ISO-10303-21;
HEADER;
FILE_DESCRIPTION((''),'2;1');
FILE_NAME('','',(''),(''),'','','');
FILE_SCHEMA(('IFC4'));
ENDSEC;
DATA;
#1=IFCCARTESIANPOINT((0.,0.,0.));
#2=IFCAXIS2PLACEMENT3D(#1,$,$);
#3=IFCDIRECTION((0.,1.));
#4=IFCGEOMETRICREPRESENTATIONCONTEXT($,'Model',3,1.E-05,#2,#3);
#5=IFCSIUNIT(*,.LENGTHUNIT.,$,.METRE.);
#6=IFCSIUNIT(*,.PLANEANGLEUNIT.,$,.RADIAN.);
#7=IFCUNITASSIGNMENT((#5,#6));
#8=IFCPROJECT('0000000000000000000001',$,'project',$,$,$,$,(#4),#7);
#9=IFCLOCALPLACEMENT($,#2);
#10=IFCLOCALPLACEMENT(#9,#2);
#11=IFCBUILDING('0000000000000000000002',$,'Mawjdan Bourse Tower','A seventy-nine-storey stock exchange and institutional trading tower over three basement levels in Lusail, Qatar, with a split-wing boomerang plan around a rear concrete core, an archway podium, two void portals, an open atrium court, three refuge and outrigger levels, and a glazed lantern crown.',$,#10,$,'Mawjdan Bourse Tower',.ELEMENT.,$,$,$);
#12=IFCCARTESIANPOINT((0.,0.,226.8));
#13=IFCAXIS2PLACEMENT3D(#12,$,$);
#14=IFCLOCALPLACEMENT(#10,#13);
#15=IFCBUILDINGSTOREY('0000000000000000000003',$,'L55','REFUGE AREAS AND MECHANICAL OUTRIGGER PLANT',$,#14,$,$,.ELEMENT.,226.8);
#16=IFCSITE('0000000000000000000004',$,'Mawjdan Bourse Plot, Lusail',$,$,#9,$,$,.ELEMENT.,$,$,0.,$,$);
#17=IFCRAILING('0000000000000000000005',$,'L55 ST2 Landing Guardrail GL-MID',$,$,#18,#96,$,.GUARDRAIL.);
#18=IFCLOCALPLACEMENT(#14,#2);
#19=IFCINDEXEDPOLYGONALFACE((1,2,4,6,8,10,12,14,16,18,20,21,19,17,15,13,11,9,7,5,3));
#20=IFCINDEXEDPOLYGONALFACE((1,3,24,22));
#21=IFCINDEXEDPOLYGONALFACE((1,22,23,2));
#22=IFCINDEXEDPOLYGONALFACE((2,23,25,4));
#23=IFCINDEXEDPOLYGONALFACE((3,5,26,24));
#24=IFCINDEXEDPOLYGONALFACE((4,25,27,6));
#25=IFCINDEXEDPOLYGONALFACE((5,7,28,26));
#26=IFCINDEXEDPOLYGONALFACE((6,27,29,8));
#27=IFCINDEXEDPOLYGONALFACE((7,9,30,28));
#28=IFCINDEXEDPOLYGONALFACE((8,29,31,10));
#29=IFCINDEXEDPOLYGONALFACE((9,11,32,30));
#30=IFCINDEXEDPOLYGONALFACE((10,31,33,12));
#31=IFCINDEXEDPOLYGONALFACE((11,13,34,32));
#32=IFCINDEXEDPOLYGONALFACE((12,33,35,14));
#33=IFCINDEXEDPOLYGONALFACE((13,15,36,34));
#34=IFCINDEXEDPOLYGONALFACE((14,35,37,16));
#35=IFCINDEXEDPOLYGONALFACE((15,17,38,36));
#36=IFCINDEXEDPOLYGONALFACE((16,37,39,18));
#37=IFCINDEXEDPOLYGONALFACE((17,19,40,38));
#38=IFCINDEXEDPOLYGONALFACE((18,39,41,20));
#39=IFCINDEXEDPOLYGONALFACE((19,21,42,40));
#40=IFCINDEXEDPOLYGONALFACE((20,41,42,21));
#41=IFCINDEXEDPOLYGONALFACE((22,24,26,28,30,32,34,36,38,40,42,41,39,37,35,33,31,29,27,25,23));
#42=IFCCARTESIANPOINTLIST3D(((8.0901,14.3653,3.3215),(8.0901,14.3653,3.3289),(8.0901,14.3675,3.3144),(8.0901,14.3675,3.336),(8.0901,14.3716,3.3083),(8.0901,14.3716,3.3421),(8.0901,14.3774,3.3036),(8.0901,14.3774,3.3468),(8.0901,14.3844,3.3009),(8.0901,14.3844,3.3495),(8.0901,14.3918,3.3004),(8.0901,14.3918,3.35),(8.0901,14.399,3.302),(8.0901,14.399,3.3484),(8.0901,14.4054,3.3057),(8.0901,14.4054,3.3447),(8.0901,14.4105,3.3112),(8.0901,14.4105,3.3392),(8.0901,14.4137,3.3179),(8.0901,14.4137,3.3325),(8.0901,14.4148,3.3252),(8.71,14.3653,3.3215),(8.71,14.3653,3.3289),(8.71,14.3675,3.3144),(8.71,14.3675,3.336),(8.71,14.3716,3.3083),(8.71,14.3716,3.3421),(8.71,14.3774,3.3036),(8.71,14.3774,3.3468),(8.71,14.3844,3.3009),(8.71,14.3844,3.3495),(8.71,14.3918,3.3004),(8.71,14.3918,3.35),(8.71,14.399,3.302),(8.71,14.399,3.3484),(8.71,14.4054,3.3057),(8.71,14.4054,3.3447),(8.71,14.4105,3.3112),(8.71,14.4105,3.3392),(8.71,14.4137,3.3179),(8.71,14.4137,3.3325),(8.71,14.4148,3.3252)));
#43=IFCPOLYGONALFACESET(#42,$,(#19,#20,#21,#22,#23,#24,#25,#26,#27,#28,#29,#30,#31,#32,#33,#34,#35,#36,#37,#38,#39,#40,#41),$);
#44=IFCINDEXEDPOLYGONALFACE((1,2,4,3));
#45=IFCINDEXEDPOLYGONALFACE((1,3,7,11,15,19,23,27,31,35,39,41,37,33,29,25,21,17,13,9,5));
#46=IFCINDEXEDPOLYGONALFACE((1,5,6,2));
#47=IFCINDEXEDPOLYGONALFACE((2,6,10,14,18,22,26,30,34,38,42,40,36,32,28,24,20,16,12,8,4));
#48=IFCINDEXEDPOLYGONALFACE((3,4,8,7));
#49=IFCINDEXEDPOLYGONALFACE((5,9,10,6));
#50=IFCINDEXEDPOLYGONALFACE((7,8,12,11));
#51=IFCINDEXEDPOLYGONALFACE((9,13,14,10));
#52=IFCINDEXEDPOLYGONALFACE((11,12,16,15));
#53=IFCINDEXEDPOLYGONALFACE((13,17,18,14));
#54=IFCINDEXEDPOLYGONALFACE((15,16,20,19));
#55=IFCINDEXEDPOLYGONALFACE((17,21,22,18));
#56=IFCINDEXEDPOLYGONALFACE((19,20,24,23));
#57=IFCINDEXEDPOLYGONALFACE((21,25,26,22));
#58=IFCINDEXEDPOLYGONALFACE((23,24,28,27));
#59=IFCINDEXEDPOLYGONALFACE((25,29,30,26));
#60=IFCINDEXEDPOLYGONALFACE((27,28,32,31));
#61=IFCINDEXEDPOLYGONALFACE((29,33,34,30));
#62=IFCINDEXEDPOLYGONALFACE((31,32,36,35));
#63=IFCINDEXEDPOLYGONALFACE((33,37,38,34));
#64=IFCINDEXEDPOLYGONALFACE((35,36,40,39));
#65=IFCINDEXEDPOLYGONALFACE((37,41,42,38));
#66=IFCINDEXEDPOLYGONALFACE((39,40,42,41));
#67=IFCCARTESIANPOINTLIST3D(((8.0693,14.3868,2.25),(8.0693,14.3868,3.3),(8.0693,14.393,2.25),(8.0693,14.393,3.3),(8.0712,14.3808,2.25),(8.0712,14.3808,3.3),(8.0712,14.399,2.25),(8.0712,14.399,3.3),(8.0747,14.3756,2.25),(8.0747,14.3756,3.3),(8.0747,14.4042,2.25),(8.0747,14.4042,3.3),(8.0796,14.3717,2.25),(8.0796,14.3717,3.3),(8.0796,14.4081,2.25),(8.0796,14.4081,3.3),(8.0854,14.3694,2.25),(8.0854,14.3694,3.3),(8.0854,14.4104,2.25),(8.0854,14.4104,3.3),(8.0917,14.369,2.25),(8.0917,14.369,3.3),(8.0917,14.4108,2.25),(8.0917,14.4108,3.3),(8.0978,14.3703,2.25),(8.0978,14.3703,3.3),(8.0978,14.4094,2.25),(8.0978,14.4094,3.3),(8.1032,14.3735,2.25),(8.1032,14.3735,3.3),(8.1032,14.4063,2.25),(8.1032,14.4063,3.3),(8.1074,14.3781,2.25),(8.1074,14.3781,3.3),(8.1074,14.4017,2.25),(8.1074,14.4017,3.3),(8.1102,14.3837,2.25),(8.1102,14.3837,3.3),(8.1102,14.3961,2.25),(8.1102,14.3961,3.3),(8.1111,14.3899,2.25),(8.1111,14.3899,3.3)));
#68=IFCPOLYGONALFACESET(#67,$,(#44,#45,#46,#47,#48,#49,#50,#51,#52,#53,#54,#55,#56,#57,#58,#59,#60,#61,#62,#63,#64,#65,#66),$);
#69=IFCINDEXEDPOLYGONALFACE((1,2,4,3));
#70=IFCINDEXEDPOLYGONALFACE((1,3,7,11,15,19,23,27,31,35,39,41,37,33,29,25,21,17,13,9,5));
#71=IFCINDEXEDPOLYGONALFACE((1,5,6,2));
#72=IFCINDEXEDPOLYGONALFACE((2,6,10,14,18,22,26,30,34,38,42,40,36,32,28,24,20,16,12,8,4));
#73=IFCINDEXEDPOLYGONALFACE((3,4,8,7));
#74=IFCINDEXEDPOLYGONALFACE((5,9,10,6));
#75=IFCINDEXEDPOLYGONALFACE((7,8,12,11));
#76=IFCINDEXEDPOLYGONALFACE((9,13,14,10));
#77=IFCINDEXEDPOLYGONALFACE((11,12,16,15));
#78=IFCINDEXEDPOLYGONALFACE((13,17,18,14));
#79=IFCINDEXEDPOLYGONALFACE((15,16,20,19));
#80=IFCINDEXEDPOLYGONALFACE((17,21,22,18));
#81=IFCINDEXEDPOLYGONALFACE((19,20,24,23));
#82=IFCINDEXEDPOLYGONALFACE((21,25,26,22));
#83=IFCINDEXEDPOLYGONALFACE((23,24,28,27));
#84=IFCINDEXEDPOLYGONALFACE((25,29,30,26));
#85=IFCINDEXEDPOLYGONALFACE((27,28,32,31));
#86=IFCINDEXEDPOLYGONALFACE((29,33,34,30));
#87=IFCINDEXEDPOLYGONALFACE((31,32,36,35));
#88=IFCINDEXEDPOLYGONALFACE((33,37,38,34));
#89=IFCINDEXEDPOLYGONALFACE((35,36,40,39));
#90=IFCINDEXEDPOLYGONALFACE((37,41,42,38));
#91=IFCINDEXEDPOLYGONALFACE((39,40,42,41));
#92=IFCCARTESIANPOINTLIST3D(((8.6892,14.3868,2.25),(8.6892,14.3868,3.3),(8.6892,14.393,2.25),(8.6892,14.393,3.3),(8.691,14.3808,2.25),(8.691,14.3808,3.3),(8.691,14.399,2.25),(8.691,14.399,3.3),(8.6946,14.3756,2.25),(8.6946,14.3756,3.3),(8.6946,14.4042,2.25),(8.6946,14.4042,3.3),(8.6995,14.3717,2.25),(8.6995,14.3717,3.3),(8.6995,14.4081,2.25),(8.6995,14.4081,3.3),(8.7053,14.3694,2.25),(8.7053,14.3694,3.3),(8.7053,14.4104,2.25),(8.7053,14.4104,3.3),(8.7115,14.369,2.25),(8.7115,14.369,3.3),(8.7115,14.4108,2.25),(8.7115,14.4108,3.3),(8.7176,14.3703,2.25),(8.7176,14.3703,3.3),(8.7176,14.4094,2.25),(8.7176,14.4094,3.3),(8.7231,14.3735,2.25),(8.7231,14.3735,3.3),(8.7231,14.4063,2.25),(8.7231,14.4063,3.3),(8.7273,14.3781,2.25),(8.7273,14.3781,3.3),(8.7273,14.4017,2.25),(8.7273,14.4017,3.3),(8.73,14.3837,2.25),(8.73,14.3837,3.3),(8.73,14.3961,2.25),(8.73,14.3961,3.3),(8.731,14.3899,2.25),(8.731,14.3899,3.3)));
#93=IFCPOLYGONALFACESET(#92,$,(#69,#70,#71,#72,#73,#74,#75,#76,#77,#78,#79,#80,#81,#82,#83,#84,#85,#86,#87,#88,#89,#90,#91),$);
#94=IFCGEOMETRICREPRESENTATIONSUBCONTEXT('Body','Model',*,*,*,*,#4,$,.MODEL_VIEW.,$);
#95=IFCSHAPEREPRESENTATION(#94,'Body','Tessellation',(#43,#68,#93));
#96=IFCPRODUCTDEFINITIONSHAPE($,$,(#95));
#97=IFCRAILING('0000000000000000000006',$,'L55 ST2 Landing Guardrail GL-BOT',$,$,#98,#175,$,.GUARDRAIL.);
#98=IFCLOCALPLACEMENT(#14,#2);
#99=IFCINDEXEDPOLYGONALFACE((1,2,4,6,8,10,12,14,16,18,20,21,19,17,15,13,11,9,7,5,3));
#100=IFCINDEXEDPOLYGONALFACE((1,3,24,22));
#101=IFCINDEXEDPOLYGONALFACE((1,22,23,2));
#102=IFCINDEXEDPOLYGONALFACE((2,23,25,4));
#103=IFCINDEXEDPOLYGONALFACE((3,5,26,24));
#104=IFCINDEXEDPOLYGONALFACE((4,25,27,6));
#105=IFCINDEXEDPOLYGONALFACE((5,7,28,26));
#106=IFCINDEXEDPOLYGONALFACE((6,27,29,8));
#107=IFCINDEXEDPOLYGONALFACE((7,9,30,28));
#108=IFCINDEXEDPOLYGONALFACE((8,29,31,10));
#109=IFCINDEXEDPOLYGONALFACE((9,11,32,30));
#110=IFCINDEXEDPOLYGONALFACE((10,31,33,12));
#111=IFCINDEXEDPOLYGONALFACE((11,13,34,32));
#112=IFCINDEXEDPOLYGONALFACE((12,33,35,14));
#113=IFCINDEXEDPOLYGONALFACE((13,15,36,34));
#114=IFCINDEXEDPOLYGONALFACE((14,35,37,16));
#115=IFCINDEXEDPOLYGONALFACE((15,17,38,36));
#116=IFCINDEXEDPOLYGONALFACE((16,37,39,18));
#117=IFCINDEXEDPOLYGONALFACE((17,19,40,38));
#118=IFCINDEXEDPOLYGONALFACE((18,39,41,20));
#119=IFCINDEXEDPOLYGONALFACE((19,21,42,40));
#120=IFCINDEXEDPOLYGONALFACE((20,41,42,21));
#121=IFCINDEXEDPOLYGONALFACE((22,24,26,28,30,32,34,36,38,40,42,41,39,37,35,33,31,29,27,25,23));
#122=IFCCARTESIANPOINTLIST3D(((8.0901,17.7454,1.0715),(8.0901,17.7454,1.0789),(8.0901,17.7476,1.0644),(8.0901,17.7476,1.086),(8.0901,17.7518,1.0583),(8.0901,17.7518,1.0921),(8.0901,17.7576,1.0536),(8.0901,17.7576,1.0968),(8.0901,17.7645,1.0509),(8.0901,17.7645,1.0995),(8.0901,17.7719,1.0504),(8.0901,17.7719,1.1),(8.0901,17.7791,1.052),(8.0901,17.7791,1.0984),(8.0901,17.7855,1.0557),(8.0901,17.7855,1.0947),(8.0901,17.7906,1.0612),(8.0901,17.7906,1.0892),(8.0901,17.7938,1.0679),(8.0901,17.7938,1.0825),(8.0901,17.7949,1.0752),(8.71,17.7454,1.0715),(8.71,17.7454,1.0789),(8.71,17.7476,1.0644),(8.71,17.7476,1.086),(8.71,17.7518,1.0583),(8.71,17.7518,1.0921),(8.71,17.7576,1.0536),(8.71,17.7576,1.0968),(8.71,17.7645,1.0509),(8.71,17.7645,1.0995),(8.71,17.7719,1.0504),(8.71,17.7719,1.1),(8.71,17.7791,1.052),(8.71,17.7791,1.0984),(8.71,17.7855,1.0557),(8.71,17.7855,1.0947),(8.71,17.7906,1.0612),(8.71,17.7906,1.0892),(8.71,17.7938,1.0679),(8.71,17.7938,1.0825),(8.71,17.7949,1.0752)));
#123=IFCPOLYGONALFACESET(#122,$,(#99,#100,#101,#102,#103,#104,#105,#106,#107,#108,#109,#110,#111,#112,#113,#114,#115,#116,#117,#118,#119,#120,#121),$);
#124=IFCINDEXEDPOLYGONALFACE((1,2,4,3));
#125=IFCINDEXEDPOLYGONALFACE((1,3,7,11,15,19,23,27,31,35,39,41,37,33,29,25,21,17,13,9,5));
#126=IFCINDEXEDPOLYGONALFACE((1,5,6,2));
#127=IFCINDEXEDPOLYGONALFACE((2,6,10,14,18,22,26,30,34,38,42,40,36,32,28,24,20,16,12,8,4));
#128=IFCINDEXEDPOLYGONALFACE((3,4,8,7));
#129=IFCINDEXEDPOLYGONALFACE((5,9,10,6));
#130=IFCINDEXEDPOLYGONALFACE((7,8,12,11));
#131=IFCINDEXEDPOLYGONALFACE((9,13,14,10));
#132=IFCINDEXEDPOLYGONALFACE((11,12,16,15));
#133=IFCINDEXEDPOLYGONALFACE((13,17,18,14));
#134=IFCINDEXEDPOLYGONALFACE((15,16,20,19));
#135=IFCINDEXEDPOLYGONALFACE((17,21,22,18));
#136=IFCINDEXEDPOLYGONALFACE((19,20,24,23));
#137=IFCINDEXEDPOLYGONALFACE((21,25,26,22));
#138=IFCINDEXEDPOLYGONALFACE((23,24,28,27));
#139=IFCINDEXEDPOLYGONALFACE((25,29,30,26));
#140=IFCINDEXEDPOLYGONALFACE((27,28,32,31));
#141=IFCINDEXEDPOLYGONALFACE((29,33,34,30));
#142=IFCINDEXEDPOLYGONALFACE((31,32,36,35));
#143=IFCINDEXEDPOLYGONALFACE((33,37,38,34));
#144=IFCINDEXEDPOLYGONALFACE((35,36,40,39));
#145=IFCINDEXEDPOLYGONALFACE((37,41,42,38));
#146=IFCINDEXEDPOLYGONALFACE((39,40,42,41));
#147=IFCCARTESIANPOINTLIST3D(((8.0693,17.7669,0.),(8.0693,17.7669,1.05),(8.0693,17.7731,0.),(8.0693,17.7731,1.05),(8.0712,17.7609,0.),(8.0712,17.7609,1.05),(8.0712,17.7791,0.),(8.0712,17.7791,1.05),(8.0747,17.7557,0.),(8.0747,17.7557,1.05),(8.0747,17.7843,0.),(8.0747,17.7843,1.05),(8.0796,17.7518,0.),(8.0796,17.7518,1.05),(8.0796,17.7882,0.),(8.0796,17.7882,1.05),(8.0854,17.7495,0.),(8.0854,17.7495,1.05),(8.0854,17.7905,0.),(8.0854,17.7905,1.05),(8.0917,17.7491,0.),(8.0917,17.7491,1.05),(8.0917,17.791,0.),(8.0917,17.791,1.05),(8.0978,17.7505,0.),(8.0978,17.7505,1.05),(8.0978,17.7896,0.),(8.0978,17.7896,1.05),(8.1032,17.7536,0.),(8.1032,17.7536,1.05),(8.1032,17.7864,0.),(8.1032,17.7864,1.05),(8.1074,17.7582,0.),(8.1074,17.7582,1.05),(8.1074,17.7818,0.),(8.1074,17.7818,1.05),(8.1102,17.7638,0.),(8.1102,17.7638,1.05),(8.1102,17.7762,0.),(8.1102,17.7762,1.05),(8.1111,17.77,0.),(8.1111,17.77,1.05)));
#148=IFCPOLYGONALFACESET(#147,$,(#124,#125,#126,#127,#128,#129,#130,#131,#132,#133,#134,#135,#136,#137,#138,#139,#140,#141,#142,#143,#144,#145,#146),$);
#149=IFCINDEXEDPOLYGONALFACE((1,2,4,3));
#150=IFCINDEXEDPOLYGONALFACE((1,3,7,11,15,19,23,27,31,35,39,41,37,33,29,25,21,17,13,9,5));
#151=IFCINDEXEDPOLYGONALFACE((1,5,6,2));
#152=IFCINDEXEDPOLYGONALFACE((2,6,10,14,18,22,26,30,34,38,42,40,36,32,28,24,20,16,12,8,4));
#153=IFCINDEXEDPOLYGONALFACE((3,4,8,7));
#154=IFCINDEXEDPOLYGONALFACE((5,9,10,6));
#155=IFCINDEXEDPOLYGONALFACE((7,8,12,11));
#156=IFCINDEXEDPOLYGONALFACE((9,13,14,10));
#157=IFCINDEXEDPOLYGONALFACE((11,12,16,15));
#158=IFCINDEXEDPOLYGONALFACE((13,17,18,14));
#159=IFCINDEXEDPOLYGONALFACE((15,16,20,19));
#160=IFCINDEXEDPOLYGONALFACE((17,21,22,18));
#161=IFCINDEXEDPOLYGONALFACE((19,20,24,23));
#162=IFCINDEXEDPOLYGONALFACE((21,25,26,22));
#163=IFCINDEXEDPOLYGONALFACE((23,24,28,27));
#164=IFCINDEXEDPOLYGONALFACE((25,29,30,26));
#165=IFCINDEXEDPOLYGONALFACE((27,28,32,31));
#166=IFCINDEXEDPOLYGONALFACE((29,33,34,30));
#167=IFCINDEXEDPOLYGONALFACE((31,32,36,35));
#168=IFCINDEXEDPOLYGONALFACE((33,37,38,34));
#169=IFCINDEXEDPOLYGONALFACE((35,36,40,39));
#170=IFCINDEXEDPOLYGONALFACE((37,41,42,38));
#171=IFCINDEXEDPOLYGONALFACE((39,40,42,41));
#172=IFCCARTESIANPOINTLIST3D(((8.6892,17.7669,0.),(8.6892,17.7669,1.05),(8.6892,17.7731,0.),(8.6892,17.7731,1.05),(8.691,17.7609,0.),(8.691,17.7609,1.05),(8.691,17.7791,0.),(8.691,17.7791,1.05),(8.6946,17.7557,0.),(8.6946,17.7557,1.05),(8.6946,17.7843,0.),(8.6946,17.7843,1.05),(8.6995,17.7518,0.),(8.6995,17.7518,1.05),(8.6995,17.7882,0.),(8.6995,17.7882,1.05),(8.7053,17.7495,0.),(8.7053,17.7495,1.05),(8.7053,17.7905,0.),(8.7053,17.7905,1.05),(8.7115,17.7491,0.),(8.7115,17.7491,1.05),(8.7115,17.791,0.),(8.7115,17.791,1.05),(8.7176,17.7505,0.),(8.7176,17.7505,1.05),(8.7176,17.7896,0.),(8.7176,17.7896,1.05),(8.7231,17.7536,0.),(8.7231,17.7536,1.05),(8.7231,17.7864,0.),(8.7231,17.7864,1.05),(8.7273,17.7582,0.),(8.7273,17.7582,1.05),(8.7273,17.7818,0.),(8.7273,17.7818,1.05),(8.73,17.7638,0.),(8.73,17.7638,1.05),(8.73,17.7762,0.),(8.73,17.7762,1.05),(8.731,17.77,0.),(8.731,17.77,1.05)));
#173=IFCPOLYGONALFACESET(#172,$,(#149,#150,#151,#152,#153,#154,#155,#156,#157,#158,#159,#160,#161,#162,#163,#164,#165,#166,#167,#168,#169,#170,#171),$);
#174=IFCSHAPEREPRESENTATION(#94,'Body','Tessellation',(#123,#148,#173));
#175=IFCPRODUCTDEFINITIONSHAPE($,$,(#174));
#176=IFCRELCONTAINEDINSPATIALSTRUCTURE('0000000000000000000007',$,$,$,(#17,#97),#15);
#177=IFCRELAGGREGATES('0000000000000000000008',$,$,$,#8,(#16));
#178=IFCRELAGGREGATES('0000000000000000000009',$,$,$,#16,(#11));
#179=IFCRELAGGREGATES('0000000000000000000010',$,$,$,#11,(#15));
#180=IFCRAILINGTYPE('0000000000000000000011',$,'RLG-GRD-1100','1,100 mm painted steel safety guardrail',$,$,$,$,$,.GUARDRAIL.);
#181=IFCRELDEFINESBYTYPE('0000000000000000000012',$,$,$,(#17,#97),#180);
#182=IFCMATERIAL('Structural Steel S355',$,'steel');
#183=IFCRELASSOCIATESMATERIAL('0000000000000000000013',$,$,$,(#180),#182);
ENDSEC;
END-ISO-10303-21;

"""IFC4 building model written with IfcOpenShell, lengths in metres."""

from ifc_helpers import new_model, si_unit, direction, frame, origin, origin_2d, place, context, subcontext, project, spatial, circle, extrude, material, type_object, element, save


model = new_model("IFC4")

# Units and contexts
model_context = context("Model", 3, precision=1e-05, world=origin(), true_north=direction((0.0, 1.0)))
body_context = subcontext(model_context, "Body", "Model", "MODEL_VIEW")
ifc_project = project(units=[si_unit("LENGTHUNIT", "METRE"), si_unit("PLANEANGLEUNIT", "RADIAN")], contexts=[model_context])

# Site, building, storey
site_placement = place(None, origin())
site = spatial("IfcSite", under=ifc_project, at=site_placement, Name="Mawjdan Bourse Plot, Lusail", CompositionType="ELEMENT", RefElevation=0.0)
building_placement = place(site_placement, origin())
building = spatial("IfcBuilding", under=site, at=building_placement, Name="Mawjdan Bourse Tower", Description="A seventy-nine-storey stock exchange and institutional trading tower over three basement levels in Lusail, Qatar, with a split-wing boomerang plan around a rear concrete core, an archway podium, two void portals, an open atrium court, three refuge and outrigger levels, and a glazed lantern crown.", LongName="Mawjdan Bourse Tower", CompositionType="ELEMENT")
storey_placement = place(building_placement, frame((0.0, 0.0, 226.8)))
storey = spatial("IfcBuildingStorey", under=building, at=storey_placement, Name="L55", Description="REFUGE AREAS AND MECHANICAL OUTRIGGER PLANT", CompositionType="ELEMENT", Elevation=226.8)

# Shared definitions
ifc_material_1 = material(Name="Structural Steel S355", Category="steel")

# Railings
railing_type_1 = type_object("IfcRailingType", Name="RLG-GRD-1100", Description="1,100 mm painted steel safety guardrail", PredefinedType="GUARDRAIL", material=ifc_material_1)
for number, where, name in (
    (1, (8.0901, 14.3899, 2.25), "L55 ST2 Landing Guardrail GL-MID"),
    (2, (8.0901, 17.77, 0.0), "L55 ST2 Landing Guardrail GL-BOT"),
):
    element("IfcRailing", number, at=place(storey_placement, frame(where)), inside=storey, type_object=railing_type_1, Name=name, PredefinedType="GUARDRAIL", context=body_context, shape_type="SweptSolid", body=[
        extrude(circle(Radius=0.0249, at=origin_2d()), frame((0.0, 0.0, 1.0752), z_axis=(1.0, 0.0, 0.0), x_axis=(0.0, 1.0, 0.0)), (0.0, 0.0, 1.0), 0.6199),
        extrude(circle(Radius=0.021, at=origin_2d()), origin(), (0.0, 0.0, 1.0), 1.05),
        extrude(circle(Radius=0.021, at=origin_2d()), frame((0.6199, 0.0, 0.0)), (0.0, 0.0, 1.0), 1.05),
    ])

save(model, "model.ifc")
